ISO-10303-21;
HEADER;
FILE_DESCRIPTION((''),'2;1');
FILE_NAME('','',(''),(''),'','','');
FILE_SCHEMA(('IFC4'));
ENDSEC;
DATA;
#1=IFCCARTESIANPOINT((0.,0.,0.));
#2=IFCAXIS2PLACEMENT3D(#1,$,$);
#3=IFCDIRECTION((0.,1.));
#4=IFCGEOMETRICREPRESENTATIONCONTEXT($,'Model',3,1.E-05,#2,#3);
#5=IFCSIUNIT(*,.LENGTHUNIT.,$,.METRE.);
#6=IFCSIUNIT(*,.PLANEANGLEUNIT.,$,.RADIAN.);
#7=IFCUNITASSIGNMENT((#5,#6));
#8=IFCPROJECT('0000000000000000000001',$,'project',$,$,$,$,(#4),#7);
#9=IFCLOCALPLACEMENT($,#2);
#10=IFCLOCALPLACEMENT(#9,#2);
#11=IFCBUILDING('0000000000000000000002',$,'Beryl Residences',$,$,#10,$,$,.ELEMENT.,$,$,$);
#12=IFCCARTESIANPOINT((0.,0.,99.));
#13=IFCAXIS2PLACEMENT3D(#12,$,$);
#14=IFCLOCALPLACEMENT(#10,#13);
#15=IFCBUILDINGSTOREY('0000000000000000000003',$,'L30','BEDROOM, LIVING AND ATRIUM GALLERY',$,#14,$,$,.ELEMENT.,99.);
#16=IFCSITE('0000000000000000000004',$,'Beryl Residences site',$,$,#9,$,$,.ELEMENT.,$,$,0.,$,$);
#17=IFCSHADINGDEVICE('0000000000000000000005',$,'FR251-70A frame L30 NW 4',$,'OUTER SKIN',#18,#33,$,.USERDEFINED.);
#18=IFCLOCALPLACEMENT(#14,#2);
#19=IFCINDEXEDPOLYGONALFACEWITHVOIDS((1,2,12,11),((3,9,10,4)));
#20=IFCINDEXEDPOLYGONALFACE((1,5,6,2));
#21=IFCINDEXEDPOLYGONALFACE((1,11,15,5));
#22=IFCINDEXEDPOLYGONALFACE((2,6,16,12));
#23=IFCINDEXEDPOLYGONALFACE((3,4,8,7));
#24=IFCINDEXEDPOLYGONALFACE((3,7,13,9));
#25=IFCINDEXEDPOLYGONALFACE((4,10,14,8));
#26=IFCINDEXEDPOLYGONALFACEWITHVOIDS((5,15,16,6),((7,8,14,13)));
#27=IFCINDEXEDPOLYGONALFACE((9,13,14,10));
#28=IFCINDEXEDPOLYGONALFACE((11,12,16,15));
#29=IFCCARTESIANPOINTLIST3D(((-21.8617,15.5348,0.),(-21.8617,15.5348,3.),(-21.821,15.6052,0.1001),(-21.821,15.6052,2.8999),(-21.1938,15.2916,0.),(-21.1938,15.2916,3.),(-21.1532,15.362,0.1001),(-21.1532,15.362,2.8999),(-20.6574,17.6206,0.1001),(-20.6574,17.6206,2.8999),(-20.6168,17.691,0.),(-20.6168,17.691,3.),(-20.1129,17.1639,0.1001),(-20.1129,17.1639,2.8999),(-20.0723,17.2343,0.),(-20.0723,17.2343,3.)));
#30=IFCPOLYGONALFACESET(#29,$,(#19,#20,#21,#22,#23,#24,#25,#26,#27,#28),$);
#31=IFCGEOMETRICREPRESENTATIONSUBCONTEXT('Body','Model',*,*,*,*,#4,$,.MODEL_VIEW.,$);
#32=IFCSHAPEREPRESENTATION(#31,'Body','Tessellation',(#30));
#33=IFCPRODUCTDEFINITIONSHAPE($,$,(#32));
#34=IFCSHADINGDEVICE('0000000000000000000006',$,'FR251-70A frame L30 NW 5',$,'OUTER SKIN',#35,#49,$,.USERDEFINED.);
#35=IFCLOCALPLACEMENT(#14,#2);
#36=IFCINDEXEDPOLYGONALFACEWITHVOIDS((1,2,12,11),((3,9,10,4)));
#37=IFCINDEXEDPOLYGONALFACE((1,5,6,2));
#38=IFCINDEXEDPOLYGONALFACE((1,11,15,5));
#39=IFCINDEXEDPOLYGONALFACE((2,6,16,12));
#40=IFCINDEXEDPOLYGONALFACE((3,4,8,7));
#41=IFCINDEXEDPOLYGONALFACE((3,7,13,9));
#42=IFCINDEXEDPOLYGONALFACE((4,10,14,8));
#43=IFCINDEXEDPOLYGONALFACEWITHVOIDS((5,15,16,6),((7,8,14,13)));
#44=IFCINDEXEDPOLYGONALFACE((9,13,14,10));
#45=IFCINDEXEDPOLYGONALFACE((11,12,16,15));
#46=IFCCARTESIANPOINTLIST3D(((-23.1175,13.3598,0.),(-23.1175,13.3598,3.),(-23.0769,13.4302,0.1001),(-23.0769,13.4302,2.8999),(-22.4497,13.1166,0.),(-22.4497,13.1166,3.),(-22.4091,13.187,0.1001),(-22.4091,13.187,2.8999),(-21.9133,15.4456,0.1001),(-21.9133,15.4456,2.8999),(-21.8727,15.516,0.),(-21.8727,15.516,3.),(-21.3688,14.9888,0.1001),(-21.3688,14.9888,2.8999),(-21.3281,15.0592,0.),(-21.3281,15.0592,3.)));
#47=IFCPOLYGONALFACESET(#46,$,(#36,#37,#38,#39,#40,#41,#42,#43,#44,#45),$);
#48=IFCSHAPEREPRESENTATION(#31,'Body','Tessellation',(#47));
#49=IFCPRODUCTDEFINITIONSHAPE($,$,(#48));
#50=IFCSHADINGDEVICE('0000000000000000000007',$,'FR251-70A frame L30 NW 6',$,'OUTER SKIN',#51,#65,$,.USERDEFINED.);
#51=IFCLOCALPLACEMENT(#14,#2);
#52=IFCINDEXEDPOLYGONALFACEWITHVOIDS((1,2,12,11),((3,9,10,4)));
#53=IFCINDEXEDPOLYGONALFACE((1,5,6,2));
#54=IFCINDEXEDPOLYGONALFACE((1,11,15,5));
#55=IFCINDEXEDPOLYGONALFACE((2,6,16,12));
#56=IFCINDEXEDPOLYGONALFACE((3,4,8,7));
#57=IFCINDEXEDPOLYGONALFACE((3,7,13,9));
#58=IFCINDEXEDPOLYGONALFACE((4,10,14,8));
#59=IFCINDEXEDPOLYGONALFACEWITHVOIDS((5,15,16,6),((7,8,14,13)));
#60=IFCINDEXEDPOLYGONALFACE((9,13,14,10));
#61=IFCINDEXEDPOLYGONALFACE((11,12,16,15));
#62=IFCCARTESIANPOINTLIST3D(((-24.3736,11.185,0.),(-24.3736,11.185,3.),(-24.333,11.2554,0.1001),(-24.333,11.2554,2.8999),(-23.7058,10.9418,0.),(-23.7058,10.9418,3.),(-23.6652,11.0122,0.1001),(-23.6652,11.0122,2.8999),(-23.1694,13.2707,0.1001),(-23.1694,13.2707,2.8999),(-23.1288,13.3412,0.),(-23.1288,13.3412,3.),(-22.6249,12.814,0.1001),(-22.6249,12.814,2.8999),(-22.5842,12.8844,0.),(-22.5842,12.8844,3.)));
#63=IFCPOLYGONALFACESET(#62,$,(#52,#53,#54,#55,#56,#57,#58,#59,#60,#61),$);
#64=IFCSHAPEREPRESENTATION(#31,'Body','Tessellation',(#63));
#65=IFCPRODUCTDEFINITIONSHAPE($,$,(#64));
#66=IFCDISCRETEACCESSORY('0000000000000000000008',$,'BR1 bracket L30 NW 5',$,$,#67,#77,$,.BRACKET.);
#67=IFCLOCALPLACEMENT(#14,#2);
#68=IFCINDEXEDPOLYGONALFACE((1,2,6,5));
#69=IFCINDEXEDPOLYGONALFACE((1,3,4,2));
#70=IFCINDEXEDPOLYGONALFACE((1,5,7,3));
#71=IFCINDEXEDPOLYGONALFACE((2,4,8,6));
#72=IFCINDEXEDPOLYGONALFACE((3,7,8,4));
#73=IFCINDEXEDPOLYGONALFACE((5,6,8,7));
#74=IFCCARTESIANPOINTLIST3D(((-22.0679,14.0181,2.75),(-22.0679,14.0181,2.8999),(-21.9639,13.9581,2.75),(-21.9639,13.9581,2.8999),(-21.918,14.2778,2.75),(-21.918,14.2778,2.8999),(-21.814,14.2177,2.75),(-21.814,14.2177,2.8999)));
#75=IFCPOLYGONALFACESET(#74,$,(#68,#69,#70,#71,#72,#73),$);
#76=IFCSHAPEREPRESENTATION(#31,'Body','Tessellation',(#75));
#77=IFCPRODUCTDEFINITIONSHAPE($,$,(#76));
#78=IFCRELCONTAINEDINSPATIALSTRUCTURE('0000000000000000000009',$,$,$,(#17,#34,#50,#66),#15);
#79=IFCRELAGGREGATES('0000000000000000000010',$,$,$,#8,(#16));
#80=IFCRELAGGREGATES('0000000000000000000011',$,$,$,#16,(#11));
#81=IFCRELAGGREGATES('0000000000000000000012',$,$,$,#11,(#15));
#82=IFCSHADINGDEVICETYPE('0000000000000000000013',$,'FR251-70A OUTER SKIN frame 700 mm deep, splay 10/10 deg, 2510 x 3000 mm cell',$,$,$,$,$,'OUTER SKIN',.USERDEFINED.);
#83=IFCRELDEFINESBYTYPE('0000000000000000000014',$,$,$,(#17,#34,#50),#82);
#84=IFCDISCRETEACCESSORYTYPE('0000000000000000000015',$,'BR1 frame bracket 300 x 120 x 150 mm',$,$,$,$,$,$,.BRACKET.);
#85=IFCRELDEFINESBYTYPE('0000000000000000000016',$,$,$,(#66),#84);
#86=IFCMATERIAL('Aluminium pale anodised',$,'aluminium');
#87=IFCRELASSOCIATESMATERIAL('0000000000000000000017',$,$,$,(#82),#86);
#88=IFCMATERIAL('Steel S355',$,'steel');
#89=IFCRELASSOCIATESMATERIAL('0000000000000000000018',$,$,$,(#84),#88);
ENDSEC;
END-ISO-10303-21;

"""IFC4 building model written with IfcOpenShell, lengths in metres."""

from ifc_helpers import new_model, entity, si_unit, direction, frame, origin, place, context, subcontext, project, spatial, polyline, outline, extrude, source, transform, mapped, material, type_object, type_shapes, element, save


model = new_model("IFC4")

# Units and contexts
model_context = context("Model", 3, precision=1e-05, world=origin(), true_north=direction((0.0, 1.0)))
body_context = subcontext(model_context, "Body", "Model", "MODEL_VIEW")
ifc_project = project(units=[si_unit("LENGTHUNIT", "METRE"), si_unit("PLANEANGLEUNIT", "RADIAN")], contexts=[model_context])

# Site, building, storey
site_placement = place(None, origin())
site = spatial("IfcSite", under=ifc_project, at=site_placement, Name="Beryl Residences site", CompositionType="ELEMENT", RefElevation=0.0)
building_placement = place(site_placement, origin())
building = spatial("IfcBuilding", under=site, at=building_placement, Name="Beryl Residences", CompositionType="ELEMENT")
storey_placement = place(building_placement, frame((0.0, 0.0, 99.0)))
storey = spatial("IfcBuildingStorey", under=building, at=storey_placement, Name="L30", Description="BEDROOM, LIVING AND ATRIUM GALLERY", CompositionType="ELEMENT", Elevation=99.0)

# Shading devices
ifc_material_1 = material(Name="Aluminium pale anodised", Category="aluminium")
shading_device_type = type_object("IfcShadingDeviceType", Name="FR251-70A OUTER SKIN frame 700 mm deep, splay 10/10 deg, 2510 x 3000 mm cell", ElementType="OUTER SKIN", PredefinedType="USERDEFINED", material=ifc_material_1)
cartesian_point_1 = entity("IfcCartesianPoint", [-1.1216, 0.0])
cartesian_point_2 = entity("IfcCartesianPoint", [-1.0403, 0.1001])
cartesian_point_3 = entity("IfcCartesianPoint", [-1.2449, 0.0])
cartesian_point_4 = entity("IfcCartesianPoint", [-1.1636, 0.1001])
shared_shape_1 = source(origin(), body_context, "Body", "SweptSolid", [
    entity("IfcExtrudedAreaSolidTapered", entity("IfcArbitraryProfileDefWithVoids", "AREA", None, entity("IfcPolyline", [cartesian_point_1, entity("IfcCartesianPoint", [1.1216, 0.0]), entity("IfcCartesianPoint", [1.1216, 3.0]), entity("IfcCartesianPoint", [-1.1216, 3.0]), cartesian_point_1]), [entity("IfcPolyline", [cartesian_point_2, entity("IfcCartesianPoint", [1.0403, 0.1001]), entity("IfcCartesianPoint", [1.0403, 2.8999]), entity("IfcCartesianPoint", [-1.0403, 2.8999]), cartesian_point_2])]), entity("IfcAxis2Placement3D", entity("IfcCartesianPoint", [0.0, 0.0, 0.0]), entity("IfcDirection", [0.0, 1.0, 0.0]), entity("IfcDirection", [-1.0, 0.0, 0.0])), entity("IfcDirection", [0.0, 0.0, 1.0]), 0.7, entity("IfcArbitraryProfileDefWithVoids", "AREA", None, entity("IfcPolyline", [cartesian_point_3, entity("IfcCartesianPoint", [1.2449, 0.0]), entity("IfcCartesianPoint", [1.2449, 3.0]), entity("IfcCartesianPoint", [-1.2449, 3.0]), cartesian_point_3]), [entity("IfcPolyline", [cartesian_point_4, entity("IfcCartesianPoint", [1.1636, 0.1001]), entity("IfcCartesianPoint", [1.1636, 2.8999]), entity("IfcCartesianPoint", [-1.1636, 2.8999]), cartesian_point_4])])),
])
type_shapes(shading_device_type, [shared_shape_1])
for number, where, z_axis, x_axis, name in (
    (1, (-20.6331, 16.2629, 0.0), (0.0, 0.0, 1.0), (0.5, 0.866025, 0.0), "FR251-70A frame L30 NW 4"),
    (2, (-21.8889, 14.0879, 0.0), (0.0, 0.0, 1.0), (0.5, 0.866025, 0.0), "FR251-70A frame L30 NW 5"),
    (3, (-23.145, 11.9131, 0.0), (0.0, 0.0, 1.0), (0.5, 0.866025, 0.0), "FR251-70A frame L30 NW 6"),
):
    element("IfcShadingDevice", number, at=place(storey_placement, frame(where, z_axis=z_axis, x_axis=x_axis)), inside=storey, type_object=shading_device_type, Name=name, ObjectType="OUTER SKIN", PredefinedType="USERDEFINED", context=body_context, shape_type="MappedRepresentation", body=[
        mapped(shared_shape_1, transform((0.0, 0.0, 0.0))),
    ])

# Discrete accessory
ifc_material_2 = material(Name="Steel S355", Category="steel")
discrete_accessory_type = type_object("IfcDiscreteAccessoryType", Name="BR1 frame bracket 300 x 120 x 150 mm", PredefinedType="BRACKET", material=ifc_material_2)
shared_shape_2 = source(origin(), body_context, "Body", "SweptSolid", [
    extrude(outline(polyline([(-0.1499, 0.0), (0.1499, 0.0), (0.1499, 0.1201), (-0.1499, 0.1201), (-0.1499, 0.0)])), origin(), (0.0, 0.0, 1.0), 0.1499),
])
type_shapes(discrete_accessory_type, [shared_shape_2])
discrete_accessory_placement = place(storey_placement, frame((-21.8889, 14.0879, 2.75), z_axis=(0.0, 0.0, 1.0), x_axis=(0.5, 0.866025, 0.0)))
element("IfcDiscreteAccessory", 4, at=discrete_accessory_placement, inside=storey, type_object=discrete_accessory_type, Name="BR1 bracket L30 NW 5", PredefinedType="BRACKET", context=body_context, shape_type="MappedRepresentation", body=[
    mapped(shared_shape_2, transform((0.0, 0.0, 0.0))),
])

save(model, "model.ifc")
